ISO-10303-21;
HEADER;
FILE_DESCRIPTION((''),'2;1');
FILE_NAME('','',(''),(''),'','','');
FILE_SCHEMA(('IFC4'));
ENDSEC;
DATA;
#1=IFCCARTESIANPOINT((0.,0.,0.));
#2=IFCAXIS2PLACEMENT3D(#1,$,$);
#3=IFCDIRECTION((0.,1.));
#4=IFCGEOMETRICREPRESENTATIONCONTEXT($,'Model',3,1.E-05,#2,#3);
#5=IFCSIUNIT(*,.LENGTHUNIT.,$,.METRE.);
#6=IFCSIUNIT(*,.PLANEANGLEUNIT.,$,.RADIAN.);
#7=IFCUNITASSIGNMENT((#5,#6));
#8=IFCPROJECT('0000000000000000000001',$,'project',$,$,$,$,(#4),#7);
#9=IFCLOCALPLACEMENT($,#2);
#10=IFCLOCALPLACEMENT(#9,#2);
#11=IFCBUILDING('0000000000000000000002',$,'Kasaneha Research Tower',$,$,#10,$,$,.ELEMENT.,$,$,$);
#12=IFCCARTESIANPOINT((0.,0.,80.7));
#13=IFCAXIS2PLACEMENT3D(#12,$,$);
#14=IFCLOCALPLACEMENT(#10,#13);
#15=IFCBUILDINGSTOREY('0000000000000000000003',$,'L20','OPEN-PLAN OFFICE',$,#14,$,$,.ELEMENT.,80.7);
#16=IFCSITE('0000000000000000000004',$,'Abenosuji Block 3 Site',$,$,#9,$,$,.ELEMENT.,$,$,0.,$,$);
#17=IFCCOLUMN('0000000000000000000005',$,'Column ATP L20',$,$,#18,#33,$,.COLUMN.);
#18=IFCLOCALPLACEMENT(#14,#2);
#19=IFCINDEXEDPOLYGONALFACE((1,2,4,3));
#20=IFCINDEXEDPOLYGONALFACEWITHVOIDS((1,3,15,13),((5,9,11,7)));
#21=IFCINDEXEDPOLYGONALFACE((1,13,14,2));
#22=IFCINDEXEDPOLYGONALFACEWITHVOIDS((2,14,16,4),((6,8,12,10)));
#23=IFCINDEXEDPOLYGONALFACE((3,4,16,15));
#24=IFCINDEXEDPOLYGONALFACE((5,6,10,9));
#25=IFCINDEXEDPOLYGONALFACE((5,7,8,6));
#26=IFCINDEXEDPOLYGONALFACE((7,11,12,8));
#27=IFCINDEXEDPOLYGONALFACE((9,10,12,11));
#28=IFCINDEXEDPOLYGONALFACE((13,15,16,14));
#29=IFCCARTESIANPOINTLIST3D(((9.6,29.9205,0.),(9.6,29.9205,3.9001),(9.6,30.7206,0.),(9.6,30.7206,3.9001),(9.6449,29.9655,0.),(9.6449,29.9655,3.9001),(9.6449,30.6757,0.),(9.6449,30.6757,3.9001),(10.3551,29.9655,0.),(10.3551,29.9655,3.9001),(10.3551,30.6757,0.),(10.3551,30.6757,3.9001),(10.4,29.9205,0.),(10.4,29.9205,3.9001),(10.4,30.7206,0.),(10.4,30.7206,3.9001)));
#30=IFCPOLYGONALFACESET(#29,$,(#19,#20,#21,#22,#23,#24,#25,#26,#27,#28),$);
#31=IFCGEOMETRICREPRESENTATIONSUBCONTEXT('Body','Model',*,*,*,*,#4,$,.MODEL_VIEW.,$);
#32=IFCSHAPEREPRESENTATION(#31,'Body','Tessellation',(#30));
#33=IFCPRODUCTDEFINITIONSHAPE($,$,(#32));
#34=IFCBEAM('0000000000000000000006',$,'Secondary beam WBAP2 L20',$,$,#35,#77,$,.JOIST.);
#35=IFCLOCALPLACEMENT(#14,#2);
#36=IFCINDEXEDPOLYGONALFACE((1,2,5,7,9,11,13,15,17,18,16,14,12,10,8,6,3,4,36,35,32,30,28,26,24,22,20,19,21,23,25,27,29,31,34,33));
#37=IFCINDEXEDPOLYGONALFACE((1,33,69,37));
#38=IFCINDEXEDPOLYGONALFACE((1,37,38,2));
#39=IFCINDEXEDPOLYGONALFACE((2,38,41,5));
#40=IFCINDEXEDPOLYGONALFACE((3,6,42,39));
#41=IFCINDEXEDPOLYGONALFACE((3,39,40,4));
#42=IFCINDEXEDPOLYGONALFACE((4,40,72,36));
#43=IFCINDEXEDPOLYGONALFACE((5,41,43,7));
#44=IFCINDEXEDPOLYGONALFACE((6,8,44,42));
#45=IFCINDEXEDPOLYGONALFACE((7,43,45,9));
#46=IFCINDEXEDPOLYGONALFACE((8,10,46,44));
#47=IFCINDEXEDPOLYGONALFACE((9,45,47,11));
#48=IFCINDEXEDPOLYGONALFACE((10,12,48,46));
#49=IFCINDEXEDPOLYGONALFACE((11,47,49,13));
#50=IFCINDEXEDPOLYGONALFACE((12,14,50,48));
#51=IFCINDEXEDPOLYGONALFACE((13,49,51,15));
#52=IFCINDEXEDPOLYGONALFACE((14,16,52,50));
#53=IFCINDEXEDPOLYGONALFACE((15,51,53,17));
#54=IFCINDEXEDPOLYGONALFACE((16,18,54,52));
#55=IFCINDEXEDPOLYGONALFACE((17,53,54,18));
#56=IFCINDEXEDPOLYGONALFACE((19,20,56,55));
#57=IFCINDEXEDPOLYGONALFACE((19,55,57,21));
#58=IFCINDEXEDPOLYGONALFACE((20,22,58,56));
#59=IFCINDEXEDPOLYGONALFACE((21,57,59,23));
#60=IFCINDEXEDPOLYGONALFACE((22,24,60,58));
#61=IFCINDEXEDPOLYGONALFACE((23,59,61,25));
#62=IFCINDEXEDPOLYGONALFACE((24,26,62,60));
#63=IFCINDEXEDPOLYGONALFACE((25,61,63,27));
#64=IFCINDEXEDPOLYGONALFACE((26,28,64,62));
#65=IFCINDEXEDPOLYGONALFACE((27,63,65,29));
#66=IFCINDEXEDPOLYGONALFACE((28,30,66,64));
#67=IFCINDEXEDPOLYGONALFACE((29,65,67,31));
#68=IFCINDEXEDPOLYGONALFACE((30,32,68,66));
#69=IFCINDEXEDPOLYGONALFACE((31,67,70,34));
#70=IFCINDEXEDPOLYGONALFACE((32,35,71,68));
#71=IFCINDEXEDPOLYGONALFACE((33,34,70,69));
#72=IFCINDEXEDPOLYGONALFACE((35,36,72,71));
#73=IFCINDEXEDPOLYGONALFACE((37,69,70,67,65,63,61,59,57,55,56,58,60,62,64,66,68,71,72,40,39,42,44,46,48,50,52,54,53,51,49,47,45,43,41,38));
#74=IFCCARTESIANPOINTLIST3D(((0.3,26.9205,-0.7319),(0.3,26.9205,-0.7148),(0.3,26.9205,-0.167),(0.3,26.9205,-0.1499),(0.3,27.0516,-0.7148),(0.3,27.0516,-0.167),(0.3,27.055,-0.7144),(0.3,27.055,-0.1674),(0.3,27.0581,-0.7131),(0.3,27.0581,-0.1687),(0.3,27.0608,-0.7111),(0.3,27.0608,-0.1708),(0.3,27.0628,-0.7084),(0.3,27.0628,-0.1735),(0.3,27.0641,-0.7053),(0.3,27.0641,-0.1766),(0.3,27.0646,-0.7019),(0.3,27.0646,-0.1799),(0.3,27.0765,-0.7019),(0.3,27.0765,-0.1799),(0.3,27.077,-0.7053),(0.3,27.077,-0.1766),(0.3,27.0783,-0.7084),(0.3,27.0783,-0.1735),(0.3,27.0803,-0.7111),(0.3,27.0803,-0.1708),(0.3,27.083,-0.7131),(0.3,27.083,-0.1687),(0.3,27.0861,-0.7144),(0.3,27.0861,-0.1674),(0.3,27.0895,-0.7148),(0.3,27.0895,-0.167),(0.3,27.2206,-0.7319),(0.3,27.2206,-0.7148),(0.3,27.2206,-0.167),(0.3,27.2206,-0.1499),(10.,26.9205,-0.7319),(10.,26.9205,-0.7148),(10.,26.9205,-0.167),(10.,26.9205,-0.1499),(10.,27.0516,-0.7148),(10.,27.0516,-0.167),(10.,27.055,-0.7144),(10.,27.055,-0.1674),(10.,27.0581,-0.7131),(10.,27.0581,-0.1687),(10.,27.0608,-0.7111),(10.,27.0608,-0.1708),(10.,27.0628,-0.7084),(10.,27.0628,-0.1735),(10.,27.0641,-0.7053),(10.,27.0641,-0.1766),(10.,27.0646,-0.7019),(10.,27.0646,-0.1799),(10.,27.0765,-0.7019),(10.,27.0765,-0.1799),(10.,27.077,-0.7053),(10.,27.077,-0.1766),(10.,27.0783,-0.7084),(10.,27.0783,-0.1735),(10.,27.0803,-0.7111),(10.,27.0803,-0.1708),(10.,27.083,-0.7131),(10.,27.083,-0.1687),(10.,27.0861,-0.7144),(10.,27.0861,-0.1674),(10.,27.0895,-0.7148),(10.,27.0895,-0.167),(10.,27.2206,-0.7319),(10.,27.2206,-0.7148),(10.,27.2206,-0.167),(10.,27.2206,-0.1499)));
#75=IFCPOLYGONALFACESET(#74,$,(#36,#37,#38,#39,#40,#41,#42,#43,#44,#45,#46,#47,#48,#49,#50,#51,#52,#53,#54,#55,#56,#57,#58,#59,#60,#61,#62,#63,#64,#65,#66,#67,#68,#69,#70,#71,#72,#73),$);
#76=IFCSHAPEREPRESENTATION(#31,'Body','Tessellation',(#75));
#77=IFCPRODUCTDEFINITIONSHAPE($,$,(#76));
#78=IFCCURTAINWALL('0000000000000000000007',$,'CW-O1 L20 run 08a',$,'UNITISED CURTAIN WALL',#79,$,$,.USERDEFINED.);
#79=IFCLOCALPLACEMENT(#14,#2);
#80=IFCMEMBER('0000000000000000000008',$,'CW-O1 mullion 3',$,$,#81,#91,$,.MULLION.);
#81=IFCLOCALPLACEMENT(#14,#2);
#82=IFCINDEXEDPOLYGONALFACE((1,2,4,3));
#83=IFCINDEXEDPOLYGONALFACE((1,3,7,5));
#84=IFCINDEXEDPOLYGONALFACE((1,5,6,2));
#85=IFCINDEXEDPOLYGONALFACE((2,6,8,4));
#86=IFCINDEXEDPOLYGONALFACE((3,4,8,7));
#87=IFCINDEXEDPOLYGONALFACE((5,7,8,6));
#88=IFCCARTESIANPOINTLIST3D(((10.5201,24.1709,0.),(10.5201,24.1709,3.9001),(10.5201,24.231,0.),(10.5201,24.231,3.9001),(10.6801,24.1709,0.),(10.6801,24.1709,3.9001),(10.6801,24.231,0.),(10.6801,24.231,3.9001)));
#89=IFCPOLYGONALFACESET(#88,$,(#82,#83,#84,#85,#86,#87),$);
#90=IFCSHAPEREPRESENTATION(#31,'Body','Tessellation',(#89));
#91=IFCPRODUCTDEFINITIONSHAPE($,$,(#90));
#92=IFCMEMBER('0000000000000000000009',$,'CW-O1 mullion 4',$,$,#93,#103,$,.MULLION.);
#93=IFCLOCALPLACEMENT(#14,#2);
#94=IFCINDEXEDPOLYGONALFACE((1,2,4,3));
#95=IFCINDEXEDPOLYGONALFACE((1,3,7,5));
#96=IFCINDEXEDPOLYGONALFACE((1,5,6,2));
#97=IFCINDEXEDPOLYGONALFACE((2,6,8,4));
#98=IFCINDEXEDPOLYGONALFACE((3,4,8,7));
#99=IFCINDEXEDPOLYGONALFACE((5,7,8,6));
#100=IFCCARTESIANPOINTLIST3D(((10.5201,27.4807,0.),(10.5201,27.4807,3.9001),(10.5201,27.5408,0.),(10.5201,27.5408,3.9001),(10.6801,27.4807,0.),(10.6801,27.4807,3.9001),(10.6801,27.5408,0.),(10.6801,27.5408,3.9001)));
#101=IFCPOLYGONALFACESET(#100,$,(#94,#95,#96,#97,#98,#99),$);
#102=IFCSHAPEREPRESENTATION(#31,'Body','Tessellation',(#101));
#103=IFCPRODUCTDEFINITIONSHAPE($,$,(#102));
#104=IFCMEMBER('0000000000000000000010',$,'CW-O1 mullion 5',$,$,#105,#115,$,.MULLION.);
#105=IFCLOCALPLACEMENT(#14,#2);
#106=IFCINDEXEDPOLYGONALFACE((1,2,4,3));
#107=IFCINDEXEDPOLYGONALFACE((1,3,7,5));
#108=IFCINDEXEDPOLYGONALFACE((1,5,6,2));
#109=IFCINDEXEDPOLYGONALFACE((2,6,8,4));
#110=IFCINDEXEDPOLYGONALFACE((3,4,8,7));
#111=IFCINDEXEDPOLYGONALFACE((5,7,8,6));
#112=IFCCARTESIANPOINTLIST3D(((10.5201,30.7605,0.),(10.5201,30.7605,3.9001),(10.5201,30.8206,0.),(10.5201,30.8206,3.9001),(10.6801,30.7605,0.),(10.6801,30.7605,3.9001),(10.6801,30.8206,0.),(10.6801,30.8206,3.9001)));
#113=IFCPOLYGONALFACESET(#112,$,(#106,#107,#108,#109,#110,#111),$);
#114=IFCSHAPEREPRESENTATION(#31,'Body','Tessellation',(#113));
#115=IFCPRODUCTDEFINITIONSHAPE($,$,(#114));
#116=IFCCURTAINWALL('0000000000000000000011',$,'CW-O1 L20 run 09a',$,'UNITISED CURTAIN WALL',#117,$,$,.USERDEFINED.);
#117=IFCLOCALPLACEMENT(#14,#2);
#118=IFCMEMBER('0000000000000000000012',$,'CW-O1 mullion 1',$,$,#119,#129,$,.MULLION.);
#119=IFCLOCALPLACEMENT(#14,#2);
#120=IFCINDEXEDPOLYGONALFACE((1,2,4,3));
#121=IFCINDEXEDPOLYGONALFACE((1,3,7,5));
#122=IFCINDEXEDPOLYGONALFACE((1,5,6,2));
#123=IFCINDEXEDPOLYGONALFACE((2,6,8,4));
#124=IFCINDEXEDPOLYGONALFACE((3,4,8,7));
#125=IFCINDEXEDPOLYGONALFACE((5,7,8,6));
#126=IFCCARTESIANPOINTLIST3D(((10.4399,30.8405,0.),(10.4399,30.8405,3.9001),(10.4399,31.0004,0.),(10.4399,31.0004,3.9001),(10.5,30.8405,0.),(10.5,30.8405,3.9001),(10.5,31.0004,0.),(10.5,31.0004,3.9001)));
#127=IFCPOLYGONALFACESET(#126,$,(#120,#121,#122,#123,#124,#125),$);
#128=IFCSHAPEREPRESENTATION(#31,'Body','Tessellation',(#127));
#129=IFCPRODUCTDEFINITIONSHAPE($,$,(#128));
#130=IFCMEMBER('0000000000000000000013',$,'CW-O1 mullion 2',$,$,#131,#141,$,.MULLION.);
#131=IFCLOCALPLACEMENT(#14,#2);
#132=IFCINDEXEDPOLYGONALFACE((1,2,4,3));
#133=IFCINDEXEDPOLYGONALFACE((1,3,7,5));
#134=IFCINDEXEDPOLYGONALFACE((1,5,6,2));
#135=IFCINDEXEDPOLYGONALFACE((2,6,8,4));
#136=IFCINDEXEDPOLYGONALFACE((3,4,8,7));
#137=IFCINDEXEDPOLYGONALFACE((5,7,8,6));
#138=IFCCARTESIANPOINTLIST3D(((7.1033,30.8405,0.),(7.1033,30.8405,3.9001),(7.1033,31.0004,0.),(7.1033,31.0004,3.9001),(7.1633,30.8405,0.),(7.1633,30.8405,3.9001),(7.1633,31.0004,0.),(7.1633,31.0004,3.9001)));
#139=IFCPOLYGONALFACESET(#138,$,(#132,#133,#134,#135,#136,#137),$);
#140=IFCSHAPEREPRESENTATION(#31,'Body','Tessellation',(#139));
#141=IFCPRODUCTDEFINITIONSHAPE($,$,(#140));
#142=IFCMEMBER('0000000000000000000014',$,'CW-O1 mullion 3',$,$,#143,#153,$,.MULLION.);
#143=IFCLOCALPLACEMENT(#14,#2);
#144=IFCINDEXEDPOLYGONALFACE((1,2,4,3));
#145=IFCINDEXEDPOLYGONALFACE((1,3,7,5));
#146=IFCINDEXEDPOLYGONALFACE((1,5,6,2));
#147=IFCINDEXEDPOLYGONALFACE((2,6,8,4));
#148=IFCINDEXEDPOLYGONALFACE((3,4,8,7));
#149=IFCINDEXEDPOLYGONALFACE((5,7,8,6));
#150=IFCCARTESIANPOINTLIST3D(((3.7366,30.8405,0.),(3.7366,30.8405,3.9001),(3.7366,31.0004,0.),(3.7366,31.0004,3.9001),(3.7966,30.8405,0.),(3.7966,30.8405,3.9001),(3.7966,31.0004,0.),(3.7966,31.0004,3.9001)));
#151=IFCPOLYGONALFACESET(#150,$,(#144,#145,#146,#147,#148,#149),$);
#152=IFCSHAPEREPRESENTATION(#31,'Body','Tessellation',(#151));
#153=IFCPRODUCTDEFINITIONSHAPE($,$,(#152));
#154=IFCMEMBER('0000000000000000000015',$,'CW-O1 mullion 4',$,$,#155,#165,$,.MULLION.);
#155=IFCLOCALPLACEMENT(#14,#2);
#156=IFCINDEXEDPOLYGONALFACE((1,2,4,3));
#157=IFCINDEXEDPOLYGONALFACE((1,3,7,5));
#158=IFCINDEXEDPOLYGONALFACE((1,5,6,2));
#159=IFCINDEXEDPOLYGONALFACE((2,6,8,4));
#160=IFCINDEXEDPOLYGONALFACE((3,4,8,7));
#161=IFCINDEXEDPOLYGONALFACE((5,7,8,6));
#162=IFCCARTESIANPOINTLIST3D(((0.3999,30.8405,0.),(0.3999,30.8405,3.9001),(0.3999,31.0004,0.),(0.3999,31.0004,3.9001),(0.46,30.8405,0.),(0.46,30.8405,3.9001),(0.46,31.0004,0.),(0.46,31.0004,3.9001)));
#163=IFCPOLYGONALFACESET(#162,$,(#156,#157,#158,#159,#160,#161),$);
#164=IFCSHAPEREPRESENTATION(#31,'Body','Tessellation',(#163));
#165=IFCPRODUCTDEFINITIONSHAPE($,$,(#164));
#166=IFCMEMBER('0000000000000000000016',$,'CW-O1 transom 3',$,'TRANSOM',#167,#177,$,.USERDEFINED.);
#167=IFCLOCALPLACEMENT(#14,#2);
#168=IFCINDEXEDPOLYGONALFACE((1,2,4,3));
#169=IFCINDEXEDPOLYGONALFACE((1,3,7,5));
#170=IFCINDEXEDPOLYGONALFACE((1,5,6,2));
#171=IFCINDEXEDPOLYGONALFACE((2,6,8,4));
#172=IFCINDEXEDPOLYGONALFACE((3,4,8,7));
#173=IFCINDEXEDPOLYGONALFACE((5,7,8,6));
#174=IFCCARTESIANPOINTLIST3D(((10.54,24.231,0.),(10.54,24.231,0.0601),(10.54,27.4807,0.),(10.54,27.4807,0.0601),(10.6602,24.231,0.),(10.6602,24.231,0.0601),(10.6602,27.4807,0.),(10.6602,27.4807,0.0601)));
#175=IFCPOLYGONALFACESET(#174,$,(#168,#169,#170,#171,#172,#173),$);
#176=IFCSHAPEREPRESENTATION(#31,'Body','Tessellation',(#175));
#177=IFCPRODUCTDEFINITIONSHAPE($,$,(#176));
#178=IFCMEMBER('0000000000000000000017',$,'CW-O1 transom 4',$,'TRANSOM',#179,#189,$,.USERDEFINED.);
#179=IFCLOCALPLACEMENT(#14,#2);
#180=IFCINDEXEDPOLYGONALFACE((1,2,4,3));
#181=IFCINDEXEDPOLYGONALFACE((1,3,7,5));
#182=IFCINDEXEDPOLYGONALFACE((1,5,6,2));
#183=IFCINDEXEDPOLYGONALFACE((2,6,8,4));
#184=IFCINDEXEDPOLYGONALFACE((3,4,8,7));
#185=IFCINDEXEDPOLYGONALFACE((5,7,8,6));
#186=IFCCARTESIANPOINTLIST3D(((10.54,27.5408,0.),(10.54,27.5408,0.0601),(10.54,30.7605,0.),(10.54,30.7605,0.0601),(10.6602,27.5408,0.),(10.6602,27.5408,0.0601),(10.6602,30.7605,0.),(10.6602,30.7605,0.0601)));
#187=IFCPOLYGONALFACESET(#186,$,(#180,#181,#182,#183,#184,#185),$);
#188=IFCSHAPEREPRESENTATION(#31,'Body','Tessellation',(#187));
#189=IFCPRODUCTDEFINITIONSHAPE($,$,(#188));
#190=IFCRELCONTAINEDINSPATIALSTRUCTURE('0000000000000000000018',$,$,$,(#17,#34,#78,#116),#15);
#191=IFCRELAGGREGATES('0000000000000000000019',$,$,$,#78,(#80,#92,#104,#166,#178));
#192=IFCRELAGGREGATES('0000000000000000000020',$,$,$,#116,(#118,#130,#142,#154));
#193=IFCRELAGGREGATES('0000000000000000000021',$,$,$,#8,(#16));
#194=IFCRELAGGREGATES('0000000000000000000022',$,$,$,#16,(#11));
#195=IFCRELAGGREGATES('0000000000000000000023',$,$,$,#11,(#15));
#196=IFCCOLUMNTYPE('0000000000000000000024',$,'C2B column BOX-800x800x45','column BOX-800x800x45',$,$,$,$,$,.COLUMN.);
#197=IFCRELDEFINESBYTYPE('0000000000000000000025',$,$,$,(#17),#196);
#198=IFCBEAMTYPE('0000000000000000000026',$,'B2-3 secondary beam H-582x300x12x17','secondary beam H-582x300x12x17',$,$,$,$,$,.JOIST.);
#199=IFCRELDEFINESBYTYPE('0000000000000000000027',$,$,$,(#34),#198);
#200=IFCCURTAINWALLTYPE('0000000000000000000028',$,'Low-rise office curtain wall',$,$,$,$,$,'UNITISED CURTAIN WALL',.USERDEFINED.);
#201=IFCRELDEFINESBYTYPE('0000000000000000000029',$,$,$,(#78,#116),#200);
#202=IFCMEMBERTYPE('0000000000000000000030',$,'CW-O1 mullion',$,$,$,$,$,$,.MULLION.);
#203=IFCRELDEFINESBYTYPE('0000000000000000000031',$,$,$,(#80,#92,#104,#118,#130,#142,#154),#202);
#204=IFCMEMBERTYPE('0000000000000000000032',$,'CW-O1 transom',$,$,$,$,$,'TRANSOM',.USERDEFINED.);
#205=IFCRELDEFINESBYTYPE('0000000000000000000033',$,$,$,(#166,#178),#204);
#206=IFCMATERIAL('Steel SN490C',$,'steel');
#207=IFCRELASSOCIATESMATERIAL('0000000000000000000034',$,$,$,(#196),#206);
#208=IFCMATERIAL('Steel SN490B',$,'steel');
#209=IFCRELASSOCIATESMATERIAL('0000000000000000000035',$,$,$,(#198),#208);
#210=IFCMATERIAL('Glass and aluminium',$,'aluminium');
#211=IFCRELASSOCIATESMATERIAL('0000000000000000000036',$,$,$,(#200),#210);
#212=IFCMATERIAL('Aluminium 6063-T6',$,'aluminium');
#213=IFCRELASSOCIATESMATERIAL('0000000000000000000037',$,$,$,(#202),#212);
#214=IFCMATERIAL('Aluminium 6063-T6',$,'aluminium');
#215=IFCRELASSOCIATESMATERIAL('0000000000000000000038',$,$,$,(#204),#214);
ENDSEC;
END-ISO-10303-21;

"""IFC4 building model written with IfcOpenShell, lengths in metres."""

from ifc_helpers import new_model, si_unit, direction, frame, origin, origin_2d, place, context, subcontext, project, spatial, rectangle, hollow_rectangle, i_section, extrude, material, material_profile, profile_set, type_object, element, aggregate, save


model = new_model("IFC4")

# Units and contexts
model_context = context("Model", 3, precision=1e-05, world=origin(), true_north=direction((0.0, 1.0)))
body_context = subcontext(model_context, "Body", "Model", "MODEL_VIEW")
ifc_project = project(units=[si_unit("LENGTHUNIT", "METRE"), si_unit("PLANEANGLEUNIT", "RADIAN")], contexts=[model_context])

# Site, building, storey
site_placement = place(None, origin())
site = spatial("IfcSite", under=ifc_project, at=site_placement, Name="Abenosuji Block 3 Site", CompositionType="ELEMENT", RefElevation=0.0)
building_placement = place(site_placement, origin())
building = spatial("IfcBuilding", under=site, at=building_placement, Name="Kasaneha Research Tower", CompositionType="ELEMENT")
storey_placement = place(building_placement, frame((0.0, 0.0, 80.7)))
storey = spatial("IfcBuildingStorey", under=building, at=storey_placement, Name="L20", Description="OPEN-PLAN OFFICE", CompositionType="ELEMENT", Elevation=80.7)

# Column
ifc_material_1 = material(Name="Steel SN490C", Category="steel")
ifc_material_profile_1 = material_profile(ifc_material_1, hollow_rectangle(XDim=0.8, YDim=0.8, WallThickness=0.0449, at=origin_2d()), Name="BOX-800x800x45")
ifc_profile_set_1 = profile_set([ifc_material_profile_1], Name="Steel SN490C")
column_type = type_object("IfcColumnType", Name="C2B column BOX-800x800x45", Description="column BOX-800x800x45", PredefinedType="COLUMN", material=ifc_profile_set_1)
column_placement = place(storey_placement, frame((10.0, 30.3206, 0.0), z_axis=(0.0, 0.0, 1.0), x_axis=(1.0, 0.0, 0.0)))
element("IfcColumn", 1, at=column_placement, inside=storey, type_object=column_type, Name="Column ATP L20", PredefinedType="COLUMN", context=body_context, shape_type="SweptSolid", body=[
    extrude(hollow_rectangle(XDim=0.8, YDim=0.8, WallThickness=0.0449, at=origin_2d()), origin(), (0.0, 0.0, 1.0), 3.9001),
])

# Beam
ifc_material_2 = material(Name="Steel SN490B", Category="steel")
ifc_material_profile_2 = material_profile(ifc_material_2, i_section(OverallWidth=0.3, OverallDepth=0.582, WebThickness=0.012, FlangeThickness=0.0171, FilletRadius=0.0129, at=origin_2d()), Name="H-582x300x12x17")
ifc_profile_set_2 = profile_set([ifc_material_profile_2], Name="Steel SN490B")
beam_type_1 = type_object("IfcBeamType", Name="B2-3 secondary beam H-582x300x12x17", Description="secondary beam H-582x300x12x17", PredefinedType="JOIST", material=ifc_profile_set_2)
beam_1_placement = place(storey_placement, frame((10.0, 27.0706, -0.4409), z_axis=(-1.0, 0.0, 0.0), x_axis=(0.0, -1.0, 0.0)))
element("IfcBeam", 2, at=beam_1_placement, inside=storey, type_object=beam_type_1, Name="Secondary beam WBAP2 L20", PredefinedType="JOIST", context=body_context, shape_type="SweptSolid", body=[
    extrude(i_section(OverallWidth=0.3, OverallDepth=0.582, WebThickness=0.012, FlangeThickness=0.0171, FilletRadius=0.0129, at=origin_2d()), origin(), (0.0, 0.0, 1.0), 9.7),
])

# Curtain walls, members
ifc_material_3 = material(Name="Glass and aluminium", Category="aluminium")
curtain_wall_type = type_object("IfcCurtainWallType", Name="Low-rise office curtain wall", ElementType="UNITISED CURTAIN WALL", PredefinedType="USERDEFINED", material=ifc_material_3)
curtain_wall_1_placement = place(storey_placement, origin())
curtain_wall_1 = element("IfcCurtainWall", 3, at=curtain_wall_1_placement, inside=storey, type_object=curtain_wall_type, Name="CW-O1 L20 run 08a", ObjectType="UNITISED CURTAIN WALL", PredefinedType="USERDEFINED")
ifc_material_4 = material(Name="Aluminium 6063-T6", Category="aluminium")
ifc_material_profile_3 = material_profile(ifc_material_4, rectangle(XDim=0.0601, YDim=0.1599, at=origin_2d()), Name="CW-O1 mullion 60x160")
ifc_profile_set_3 = profile_set([ifc_material_profile_3], Name="Aluminium 6063-T6")
member_type_1 = type_object("IfcMemberType", Name="CW-O1 mullion", PredefinedType="MULLION", material=ifc_profile_set_3)
member_1_placement = place(storey_placement, frame((10.6001, 24.2009, 0.0), z_axis=(0.0, 0.0, 1.0), x_axis=(0.0, 1.0, 0.0)))
member_1 = element("IfcMember", 4, at=member_1_placement, type_object=member_type_1, Name="CW-O1 mullion 3", PredefinedType="MULLION", context=body_context, shape_type="SweptSolid", body=[
    extrude(rectangle(XDim=0.0601, YDim=0.1599, at=origin_2d()), origin(), (0.0, 0.0, 1.0), 3.9001),
])
member_2_placement = place(storey_placement, frame((10.6001, 27.5107, 0.0), z_axis=(0.0, 0.0, 1.0), x_axis=(0.0, 1.0, 0.0)))
member_2 = element("IfcMember", 5, at=member_2_placement, type_object=member_type_1, Name="CW-O1 mullion 4", PredefinedType="MULLION", context=body_context, shape_type="SweptSolid", body=[
    extrude(rectangle(XDim=0.0601, YDim=0.1599, at=origin_2d()), origin(), (0.0, 0.0, 1.0), 3.9001),
])
member_3_placement = place(storey_placement, frame((10.6001, 30.7905, 0.0), z_axis=(0.0, 0.0, 1.0), x_axis=(0.0, 1.0, 0.0)))
member_3 = element("IfcMember", 6, at=member_3_placement, type_object=member_type_1, Name="CW-O1 mullion 5", PredefinedType="MULLION", context=body_context, shape_type="SweptSolid", body=[
    extrude(rectangle(XDim=0.0601, YDim=0.1599, at=origin_2d()), origin(), (0.0, 0.0, 1.0), 3.9001),
])
curtain_wall_2_placement = place(storey_placement, origin())
curtain_wall_2 = element("IfcCurtainWall", 7, at=curtain_wall_2_placement, inside=storey, type_object=curtain_wall_type, Name="CW-O1 L20 run 09a", ObjectType="UNITISED CURTAIN WALL", PredefinedType="USERDEFINED")
member_4_placement = place(storey_placement, frame((10.47, 30.9204, 0.0), z_axis=(0.0, 0.0, 1.0), x_axis=(-1.0, 0.0, 0.0)))
member_4 = element("IfcMember", 8, at=member_4_placement, type_object=member_type_1, Name="CW-O1 mullion 1", PredefinedType="MULLION", context=body_context, shape_type="SweptSolid", body=[
    extrude(rectangle(XDim=0.0601, YDim=0.1599, at=origin_2d()), origin(), (0.0, 0.0, 1.0), 3.9001),
])
member_5_placement = place(storey_placement, frame((7.1333, 30.9204, 0.0), z_axis=(0.0, 0.0, 1.0), x_axis=(-1.0, 0.0, 0.0)))
member_5 = element("IfcMember", 9, at=member_5_placement, type_object=member_type_1, Name="CW-O1 mullion 2", PredefinedType="MULLION", context=body_context, shape_type="SweptSolid", body=[
    extrude(rectangle(XDim=0.0601, YDim=0.1599, at=origin_2d()), origin(), (0.0, 0.0, 1.0), 3.9001),
])
member_6_placement = place(storey_placement, frame((3.7666, 30.9204, 0.0), z_axis=(0.0, 0.0, 1.0), x_axis=(-1.0, 0.0, 0.0)))
member_6 = element("IfcMember", 10, at=member_6_placement, type_object=member_type_1, Name="CW-O1 mullion 3", PredefinedType="MULLION", context=body_context, shape_type="SweptSolid", body=[
    extrude(rectangle(XDim=0.0601, YDim=0.1599, at=origin_2d()), origin(), (0.0, 0.0, 1.0), 3.9001),
])
member_7_placement = place(storey_placement, frame((0.4299, 30.9204, 0.0), z_axis=(0.0, 0.0, 1.0), x_axis=(-1.0, 0.0, 0.0)))
member_7 = element("IfcMember", 11, at=member_7_placement, type_object=member_type_1, Name="CW-O1 mullion 4", PredefinedType="MULLION", context=body_context, shape_type="SweptSolid", body=[
    extrude(rectangle(XDim=0.0601, YDim=0.1599, at=origin_2d()), origin(), (0.0, 0.0, 1.0), 3.9001),
])

# Members
ifc_material_5 = material(Name="Aluminium 6063-T6", Category="aluminium")
ifc_material_profile_4 = material_profile(ifc_material_5, rectangle(XDim=0.1201, YDim=0.0601, at=origin_2d()), Name="CW-O1 transom 120x60")
ifc_profile_set_4 = profile_set([ifc_material_profile_4], Name="Aluminium 6063-T6")
member_type_2 = type_object("IfcMemberType", Name="CW-O1 transom", ElementType="TRANSOM", PredefinedType="USERDEFINED", material=ifc_profile_set_4)
member_8_placement = place(storey_placement, frame((10.6001, 24.231, 0.03), z_axis=(0.0, 1.0, 0.0), x_axis=(-1.0, 0.0, 0.0)))
member_8 = element("IfcMember", 12, at=member_8_placement, type_object=member_type_2, Name="CW-O1 transom 3", ObjectType="TRANSOM", PredefinedType="USERDEFINED", context=body_context, shape_type="SweptSolid", body=[
    extrude(rectangle(XDim=0.1201, YDim=0.0601, at=origin_2d()), origin(), (0.0, 0.0, 1.0), 3.2498),
])
member_9_placement = place(storey_placement, frame((10.6001, 27.5408, 0.03), z_axis=(0.0, 1.0, 0.0), x_axis=(-1.0, 0.0, 0.0)))
member_9 = element("IfcMember", 13, at=member_9_placement, type_object=member_type_2, Name="CW-O1 transom 4", ObjectType="TRANSOM", PredefinedType="USERDEFINED", context=body_context, shape_type="SweptSolid", body=[
    extrude(rectangle(XDim=0.1201, YDim=0.0601, at=origin_2d()), origin(), (0.0, 0.0, 1.0), 3.2197),
])

aggregate(curtain_wall_1, [member_1, member_2, member_3, member_8, member_9])
aggregate(curtain_wall_2, [member_4, member_5, member_6, member_7])

save(model, "model.ifc")
